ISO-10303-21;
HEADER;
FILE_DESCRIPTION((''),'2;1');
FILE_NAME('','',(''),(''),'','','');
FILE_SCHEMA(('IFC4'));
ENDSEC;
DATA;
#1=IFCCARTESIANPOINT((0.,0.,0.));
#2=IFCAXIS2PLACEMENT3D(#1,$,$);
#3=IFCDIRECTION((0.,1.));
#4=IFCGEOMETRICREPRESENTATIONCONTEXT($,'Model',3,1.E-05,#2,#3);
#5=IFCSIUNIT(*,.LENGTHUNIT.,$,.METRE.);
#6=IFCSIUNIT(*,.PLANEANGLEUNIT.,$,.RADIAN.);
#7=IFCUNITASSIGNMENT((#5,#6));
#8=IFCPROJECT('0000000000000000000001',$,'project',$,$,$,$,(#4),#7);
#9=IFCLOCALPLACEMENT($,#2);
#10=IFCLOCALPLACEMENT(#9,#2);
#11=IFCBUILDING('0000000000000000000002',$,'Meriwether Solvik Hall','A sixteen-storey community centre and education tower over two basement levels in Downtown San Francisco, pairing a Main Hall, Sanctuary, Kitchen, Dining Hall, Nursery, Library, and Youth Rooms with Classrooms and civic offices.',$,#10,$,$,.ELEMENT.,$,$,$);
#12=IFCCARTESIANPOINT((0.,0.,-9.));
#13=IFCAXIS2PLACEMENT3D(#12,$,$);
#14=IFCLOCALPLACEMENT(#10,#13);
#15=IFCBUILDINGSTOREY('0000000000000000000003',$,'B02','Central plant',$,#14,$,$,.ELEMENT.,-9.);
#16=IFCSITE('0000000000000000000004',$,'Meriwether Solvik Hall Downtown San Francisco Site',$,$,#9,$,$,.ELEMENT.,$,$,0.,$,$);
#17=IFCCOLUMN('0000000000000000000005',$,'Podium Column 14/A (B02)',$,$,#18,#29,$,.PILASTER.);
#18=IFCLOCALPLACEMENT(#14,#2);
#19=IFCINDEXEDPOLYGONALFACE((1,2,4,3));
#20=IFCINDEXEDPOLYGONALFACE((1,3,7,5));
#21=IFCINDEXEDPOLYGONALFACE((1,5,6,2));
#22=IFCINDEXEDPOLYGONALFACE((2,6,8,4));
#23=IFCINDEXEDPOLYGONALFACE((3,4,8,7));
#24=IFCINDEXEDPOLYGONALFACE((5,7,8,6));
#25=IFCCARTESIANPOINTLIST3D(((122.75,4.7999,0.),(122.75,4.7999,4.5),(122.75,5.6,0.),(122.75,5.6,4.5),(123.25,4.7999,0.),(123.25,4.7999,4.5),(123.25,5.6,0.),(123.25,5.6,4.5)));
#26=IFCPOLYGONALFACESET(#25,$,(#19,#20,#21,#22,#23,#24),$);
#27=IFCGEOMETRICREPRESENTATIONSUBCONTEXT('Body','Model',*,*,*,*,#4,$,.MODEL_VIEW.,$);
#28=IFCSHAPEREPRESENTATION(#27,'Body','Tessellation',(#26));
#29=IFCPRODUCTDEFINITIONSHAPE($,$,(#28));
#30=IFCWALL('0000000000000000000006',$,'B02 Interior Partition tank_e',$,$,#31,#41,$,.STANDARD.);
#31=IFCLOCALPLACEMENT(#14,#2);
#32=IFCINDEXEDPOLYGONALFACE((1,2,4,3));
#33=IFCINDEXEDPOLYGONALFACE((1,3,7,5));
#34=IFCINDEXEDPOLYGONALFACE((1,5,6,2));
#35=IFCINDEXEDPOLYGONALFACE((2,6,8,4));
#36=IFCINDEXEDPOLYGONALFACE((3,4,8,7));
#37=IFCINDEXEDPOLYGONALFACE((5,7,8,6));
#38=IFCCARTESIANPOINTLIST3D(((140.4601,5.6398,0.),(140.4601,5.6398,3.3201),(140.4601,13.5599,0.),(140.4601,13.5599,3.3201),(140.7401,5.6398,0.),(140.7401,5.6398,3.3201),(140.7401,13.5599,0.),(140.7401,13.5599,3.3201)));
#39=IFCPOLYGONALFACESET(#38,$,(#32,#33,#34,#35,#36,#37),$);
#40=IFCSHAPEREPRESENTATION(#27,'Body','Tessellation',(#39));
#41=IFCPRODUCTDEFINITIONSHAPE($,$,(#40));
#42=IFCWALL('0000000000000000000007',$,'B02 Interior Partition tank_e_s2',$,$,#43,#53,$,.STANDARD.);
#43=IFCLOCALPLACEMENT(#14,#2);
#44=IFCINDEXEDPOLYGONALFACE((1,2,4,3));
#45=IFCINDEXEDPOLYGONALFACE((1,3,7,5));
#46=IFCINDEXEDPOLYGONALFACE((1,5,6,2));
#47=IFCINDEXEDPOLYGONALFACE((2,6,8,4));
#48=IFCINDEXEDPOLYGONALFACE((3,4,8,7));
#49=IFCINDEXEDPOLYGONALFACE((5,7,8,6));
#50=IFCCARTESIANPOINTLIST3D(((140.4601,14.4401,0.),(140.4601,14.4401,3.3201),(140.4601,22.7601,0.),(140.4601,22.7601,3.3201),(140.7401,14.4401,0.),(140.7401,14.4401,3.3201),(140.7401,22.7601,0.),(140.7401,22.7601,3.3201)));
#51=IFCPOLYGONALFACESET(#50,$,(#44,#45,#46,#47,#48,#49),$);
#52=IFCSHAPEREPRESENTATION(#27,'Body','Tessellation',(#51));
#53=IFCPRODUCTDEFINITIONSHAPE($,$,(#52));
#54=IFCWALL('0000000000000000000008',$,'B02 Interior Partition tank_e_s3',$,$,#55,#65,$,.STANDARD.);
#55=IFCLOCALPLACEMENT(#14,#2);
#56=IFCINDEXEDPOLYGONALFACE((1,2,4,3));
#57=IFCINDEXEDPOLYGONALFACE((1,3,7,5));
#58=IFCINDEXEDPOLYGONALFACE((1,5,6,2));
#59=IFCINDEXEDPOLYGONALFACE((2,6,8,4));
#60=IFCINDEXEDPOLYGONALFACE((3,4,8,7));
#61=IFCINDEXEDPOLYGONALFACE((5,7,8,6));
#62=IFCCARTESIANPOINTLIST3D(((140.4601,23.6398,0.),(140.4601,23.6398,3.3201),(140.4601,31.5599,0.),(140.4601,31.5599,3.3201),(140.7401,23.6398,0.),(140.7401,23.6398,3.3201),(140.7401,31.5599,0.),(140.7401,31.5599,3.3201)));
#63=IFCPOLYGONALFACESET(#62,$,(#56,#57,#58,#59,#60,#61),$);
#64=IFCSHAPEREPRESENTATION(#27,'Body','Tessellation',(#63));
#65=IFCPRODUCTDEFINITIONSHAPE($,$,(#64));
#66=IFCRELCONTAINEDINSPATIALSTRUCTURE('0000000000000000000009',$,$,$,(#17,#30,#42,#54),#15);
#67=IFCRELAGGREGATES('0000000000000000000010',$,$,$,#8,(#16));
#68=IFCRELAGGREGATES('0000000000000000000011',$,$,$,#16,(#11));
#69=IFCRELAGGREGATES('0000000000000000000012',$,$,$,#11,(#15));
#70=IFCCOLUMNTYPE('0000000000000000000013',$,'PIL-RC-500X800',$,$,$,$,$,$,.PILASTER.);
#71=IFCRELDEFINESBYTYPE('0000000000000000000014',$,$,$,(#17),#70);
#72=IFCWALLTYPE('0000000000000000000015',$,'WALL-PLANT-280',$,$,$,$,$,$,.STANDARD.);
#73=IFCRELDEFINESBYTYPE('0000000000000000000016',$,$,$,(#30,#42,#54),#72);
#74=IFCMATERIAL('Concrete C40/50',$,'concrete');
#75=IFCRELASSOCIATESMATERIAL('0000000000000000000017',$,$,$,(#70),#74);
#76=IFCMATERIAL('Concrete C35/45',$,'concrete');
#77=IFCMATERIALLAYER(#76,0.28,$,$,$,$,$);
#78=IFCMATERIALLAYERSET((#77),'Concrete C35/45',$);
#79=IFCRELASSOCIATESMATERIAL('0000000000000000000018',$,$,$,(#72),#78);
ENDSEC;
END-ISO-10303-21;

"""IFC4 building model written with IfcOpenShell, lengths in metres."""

from ifc_helpers import new_model, si_unit, direction, frame, frame_2d, origin, origin_2d, place, context, subcontext, project, spatial, rectangle, extrude, material, layer, layer_set, material_profile, profile_set, type_object, element, save


model = new_model("IFC4")

# Units and contexts
model_context = context("Model", 3, precision=1e-05, world=origin(), true_north=direction((0.0, 1.0)))
body_context = subcontext(model_context, "Body", "Model", "MODEL_VIEW")
ifc_project = project(units=[si_unit("LENGTHUNIT", "METRE"), si_unit("PLANEANGLEUNIT", "RADIAN")], contexts=[model_context])

# Site, building, storey
site_placement = place(None, origin())
site = spatial("IfcSite", under=ifc_project, at=site_placement, Name="Meriwether Solvik Hall Downtown San Francisco Site", CompositionType="ELEMENT", RefElevation=0.0)
building_placement = place(site_placement, origin())
building = spatial("IfcBuilding", under=site, at=building_placement, Name="Meriwether Solvik Hall", Description="A sixteen-storey community centre and education tower over two basement levels in Downtown San Francisco, pairing a Main Hall, Sanctuary, Kitchen, Dining Hall, Nursery, Library, and Youth Rooms with Classrooms and civic offices.", CompositionType="ELEMENT")
storey_placement = place(building_placement, frame((0.0, 0.0, -9.0)))
storey = spatial("IfcBuildingStorey", under=building, at=storey_placement, Name="B02", Description="Central plant", CompositionType="ELEMENT", Elevation=-9.0)

# Column
ifc_material_1 = material(Name="Concrete C40/50", Category="concrete")
ifc_material_profile_1 = material_profile(ifc_material_1, rectangle(XDim=0.5, YDim=0.8, at=origin_2d()), Name="RCP-500X800")
ifc_profile_set_1 = profile_set([ifc_material_profile_1], Name="Concrete C40/50")
column_type_1 = type_object("IfcColumnType", Name="PIL-RC-500X800", PredefinedType="PILASTER", material=ifc_profile_set_1)
column_placement = place(storey_placement, frame((123.0, 5.2, 0.0), z_axis=(0.0, 0.0, 1.0), x_axis=(1.0, 0.0, 0.0)))
element("IfcColumn", 1, at=column_placement, inside=storey, type_object=column_type_1, Name="Podium Column 14/A (B02)", PredefinedType="PILASTER", context=body_context, shape_type="SweptSolid", body=[
    extrude(rectangle(XDim=0.5, YDim=0.8, at=origin_2d()), origin(), (0.0, 0.0, 1.0), 4.5),
])

# Walls
ifc_material_2 = material(Name="Concrete C35/45", Category="concrete")
ifc_layer_1 = layer(ifc_material_2, 0.28)
ifc_layer_set_1 = layer_set([ifc_layer_1], Name="Concrete C35/45")
wall_type = type_object("IfcWallType", Name="WALL-PLANT-280", PredefinedType="STANDARD", material=ifc_layer_set_1)
wall_1_placement = place(storey_placement, frame((140.6001, 5.6399, 0.0), z_axis=(0.0, 0.0, 1.0), x_axis=(0.0, 1.0, 0.0)))
element("IfcWall", 2, at=wall_1_placement, inside=storey, type_object=wall_type, Name="B02 Interior Partition tank_e", PredefinedType="STANDARD", context=body_context, shape_type="SweptSolid", body=[
    extrude(rectangle(XDim=7.9202, YDim=0.28, at=frame_2d((3.96, 0.0))), origin(), (0.0, 0.0, 1.0), 3.3201),
])
wall_2_placement = place(storey_placement, frame((140.6001, 14.4399, 0.0), z_axis=(0.0, 0.0, 1.0), x_axis=(0.0, 1.0, 0.0)))
element("IfcWall", 3, at=wall_2_placement, inside=storey, type_object=wall_type, Name="B02 Interior Partition tank_e_s2", PredefinedType="STANDARD", context=body_context, shape_type="SweptSolid", body=[
    extrude(rectangle(XDim=8.3201, YDim=0.28, at=frame_2d((4.1602, 0.0))), origin(), (0.0, 0.0, 1.0), 3.3201),
])
wall_3_placement = place(storey_placement, frame((140.6001, 23.6399, 0.0), z_axis=(0.0, 0.0, 1.0), x_axis=(0.0, 1.0, 0.0)))
element("IfcWall", 4, at=wall_3_placement, inside=storey, type_object=wall_type, Name="B02 Interior Partition tank_e_s3", PredefinedType="STANDARD", context=body_context, shape_type="SweptSolid", body=[
    extrude(rectangle(XDim=7.9202, YDim=0.28, at=frame_2d((3.96, 0.0))), origin(), (0.0, 0.0, 1.0), 3.3201),
])

save(model, "model.ifc")
